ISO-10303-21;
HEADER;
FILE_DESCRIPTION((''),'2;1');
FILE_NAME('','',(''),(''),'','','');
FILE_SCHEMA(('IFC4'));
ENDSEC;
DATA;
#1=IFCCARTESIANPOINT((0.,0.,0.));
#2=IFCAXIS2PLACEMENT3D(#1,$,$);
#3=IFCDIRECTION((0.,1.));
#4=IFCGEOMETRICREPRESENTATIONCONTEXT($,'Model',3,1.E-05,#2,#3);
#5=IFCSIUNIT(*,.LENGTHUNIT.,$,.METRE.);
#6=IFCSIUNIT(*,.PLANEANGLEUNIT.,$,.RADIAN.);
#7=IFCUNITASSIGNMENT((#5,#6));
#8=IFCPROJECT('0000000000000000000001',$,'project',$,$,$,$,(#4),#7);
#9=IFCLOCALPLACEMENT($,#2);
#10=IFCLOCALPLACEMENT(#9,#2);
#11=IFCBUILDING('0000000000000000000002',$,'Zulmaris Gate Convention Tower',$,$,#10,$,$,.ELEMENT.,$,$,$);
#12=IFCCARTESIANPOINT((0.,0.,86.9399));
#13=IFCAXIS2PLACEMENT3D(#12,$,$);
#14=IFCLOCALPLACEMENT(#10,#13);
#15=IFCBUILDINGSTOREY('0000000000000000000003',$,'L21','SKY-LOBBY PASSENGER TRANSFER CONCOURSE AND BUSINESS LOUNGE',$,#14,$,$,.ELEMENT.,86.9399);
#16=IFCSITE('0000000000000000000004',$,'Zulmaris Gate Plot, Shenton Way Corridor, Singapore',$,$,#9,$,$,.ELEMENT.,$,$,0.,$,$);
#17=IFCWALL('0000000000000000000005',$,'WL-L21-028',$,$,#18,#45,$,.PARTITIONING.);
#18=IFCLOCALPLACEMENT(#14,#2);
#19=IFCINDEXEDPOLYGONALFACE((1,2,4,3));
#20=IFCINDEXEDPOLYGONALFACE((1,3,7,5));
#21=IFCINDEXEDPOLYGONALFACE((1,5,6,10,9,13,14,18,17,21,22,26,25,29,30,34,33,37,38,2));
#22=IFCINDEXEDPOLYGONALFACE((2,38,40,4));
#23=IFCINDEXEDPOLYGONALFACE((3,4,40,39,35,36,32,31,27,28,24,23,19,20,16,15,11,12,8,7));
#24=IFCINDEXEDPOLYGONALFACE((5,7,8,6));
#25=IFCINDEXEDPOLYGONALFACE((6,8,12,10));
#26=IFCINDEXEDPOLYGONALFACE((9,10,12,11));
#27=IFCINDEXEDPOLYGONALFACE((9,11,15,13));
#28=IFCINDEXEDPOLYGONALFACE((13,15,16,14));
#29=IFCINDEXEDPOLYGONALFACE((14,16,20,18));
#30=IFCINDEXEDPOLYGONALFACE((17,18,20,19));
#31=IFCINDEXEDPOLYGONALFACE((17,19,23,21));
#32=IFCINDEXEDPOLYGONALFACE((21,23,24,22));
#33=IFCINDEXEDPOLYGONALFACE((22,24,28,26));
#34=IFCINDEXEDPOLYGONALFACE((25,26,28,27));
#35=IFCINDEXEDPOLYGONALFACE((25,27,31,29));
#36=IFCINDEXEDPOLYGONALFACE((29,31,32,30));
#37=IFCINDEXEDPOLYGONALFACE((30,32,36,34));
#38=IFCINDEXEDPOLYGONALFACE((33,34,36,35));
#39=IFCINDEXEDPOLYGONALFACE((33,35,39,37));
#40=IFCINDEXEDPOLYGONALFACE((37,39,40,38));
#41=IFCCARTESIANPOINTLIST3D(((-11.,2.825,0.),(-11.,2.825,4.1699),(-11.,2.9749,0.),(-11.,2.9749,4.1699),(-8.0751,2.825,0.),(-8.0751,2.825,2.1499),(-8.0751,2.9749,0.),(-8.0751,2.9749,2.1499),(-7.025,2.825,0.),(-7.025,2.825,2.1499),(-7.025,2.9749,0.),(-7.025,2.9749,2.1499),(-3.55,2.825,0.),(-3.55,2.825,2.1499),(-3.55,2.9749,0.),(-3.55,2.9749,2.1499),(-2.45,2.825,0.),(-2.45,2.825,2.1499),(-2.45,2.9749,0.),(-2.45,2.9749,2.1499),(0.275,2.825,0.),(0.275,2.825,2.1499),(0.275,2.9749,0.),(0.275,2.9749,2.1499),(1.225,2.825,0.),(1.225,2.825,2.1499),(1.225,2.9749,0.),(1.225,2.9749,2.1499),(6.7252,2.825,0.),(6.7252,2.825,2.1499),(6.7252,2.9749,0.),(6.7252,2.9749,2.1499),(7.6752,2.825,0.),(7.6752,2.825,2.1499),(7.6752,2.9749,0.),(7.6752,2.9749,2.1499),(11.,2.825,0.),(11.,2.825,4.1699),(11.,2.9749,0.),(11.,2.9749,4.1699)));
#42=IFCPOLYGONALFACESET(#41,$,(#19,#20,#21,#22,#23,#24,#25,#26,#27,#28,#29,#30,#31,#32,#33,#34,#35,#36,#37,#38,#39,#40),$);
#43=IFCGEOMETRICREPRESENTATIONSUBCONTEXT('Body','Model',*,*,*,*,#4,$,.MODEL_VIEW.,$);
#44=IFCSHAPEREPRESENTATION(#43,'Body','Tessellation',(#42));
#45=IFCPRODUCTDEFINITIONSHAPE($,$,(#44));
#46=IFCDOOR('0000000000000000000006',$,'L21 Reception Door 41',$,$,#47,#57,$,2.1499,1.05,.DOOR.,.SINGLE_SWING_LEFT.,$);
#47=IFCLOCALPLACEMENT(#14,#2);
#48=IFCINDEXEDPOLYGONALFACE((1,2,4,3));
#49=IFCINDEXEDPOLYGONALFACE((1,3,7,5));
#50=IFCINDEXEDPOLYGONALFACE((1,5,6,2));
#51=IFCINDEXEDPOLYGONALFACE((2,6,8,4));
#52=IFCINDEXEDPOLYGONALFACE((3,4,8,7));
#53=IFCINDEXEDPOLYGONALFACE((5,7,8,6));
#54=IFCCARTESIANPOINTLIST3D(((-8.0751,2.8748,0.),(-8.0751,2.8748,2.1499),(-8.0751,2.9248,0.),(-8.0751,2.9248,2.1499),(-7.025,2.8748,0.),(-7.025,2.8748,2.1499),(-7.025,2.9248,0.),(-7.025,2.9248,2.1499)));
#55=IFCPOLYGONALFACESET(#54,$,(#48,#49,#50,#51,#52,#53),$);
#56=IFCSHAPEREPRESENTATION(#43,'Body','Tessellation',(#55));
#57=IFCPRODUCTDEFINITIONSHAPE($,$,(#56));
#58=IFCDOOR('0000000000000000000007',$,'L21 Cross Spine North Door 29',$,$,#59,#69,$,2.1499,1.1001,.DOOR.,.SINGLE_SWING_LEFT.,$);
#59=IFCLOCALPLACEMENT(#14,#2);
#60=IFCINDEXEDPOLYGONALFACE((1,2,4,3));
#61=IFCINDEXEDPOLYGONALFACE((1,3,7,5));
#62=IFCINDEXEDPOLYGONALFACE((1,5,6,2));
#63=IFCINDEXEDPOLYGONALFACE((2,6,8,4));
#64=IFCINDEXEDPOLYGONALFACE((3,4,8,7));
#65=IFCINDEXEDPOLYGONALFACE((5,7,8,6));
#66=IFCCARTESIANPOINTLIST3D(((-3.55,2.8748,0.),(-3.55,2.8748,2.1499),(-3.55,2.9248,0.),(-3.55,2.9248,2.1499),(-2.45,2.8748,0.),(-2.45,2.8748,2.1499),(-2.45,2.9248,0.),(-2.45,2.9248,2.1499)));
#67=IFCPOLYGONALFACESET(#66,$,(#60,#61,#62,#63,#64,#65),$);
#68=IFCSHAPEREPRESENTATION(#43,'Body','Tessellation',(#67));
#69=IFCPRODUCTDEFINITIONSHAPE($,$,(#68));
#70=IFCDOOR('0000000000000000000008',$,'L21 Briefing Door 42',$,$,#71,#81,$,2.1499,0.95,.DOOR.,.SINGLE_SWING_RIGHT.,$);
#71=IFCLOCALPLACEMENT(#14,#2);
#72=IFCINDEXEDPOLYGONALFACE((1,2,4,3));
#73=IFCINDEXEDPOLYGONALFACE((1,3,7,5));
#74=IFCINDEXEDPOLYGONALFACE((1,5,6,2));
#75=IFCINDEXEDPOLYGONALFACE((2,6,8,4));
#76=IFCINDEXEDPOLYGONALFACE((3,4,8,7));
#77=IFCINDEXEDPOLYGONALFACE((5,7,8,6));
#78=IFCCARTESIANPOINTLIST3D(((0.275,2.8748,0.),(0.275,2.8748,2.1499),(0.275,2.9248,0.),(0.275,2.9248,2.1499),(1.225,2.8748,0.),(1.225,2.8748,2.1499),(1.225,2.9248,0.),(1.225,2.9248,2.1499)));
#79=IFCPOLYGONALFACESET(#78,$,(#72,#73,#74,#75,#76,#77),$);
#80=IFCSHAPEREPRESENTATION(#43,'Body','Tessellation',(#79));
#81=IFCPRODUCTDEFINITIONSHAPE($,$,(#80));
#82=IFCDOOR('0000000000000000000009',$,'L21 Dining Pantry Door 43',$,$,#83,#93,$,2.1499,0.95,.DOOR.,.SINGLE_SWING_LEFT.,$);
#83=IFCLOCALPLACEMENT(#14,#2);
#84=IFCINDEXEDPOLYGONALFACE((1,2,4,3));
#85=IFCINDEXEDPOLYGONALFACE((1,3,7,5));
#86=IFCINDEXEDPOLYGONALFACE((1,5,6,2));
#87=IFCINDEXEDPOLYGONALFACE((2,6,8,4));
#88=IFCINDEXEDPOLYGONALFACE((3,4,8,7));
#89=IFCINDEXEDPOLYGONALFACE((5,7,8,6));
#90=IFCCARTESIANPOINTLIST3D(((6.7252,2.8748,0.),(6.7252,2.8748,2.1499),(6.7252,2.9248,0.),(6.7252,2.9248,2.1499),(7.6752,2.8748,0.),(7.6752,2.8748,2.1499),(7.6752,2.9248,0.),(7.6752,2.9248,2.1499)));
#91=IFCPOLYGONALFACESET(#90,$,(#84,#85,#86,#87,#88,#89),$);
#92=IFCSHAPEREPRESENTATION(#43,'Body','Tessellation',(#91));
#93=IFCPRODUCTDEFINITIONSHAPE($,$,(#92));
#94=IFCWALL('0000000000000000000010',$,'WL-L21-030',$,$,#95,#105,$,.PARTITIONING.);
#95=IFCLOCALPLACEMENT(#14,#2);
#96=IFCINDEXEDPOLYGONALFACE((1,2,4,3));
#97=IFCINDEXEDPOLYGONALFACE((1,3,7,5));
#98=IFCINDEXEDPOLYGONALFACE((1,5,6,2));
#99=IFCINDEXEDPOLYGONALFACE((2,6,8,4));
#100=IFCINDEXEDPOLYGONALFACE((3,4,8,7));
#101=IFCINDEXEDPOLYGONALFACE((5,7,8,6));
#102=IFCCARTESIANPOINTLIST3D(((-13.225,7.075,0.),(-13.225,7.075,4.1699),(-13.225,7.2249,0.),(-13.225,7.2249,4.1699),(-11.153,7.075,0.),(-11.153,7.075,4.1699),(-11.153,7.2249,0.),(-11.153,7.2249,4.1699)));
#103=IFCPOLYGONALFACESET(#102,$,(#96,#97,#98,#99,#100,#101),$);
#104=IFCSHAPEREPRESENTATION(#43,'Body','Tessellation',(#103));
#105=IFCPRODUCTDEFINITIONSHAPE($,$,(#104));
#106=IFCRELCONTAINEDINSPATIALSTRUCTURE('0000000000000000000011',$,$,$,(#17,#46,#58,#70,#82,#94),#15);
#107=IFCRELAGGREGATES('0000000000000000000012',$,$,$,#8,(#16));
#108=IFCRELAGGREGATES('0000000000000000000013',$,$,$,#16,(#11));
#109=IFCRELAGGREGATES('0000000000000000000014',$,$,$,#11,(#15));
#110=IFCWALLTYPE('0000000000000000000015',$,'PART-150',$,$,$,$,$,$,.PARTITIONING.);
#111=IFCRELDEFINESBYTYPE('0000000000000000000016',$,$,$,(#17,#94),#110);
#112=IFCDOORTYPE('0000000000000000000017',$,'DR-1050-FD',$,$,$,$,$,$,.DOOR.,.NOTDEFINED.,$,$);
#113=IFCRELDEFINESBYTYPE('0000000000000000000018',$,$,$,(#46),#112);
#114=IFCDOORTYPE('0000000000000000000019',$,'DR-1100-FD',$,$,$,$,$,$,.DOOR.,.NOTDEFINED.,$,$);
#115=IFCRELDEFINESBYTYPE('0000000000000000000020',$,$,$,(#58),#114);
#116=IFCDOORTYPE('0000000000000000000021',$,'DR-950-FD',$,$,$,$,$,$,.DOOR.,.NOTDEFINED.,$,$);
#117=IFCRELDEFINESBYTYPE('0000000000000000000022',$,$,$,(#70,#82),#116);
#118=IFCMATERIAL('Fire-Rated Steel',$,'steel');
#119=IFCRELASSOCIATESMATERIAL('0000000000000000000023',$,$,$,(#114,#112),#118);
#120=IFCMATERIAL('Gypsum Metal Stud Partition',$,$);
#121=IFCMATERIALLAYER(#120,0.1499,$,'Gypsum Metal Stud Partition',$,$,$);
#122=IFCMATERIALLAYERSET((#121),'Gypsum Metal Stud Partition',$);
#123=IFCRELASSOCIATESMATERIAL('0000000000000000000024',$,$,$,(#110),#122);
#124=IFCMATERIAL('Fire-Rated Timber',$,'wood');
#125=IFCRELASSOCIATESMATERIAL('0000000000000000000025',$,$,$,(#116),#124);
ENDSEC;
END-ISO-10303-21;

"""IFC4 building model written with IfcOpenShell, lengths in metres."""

from ifc_helpers import new_model, si_unit, direction, frame, frame_2d, origin, place, context, subcontext, project, spatial, rectangle, extrude, material, layer, layer_set, type_object, element, fill, save


model = new_model("IFC4")

# Units and contexts
model_context = context("Model", 3, precision=1e-05, world=origin(), true_north=direction((0.0, 1.0)))
body_context = subcontext(model_context, "Body", "Model", "MODEL_VIEW")
ifc_project = project(units=[si_unit("LENGTHUNIT", "METRE"), si_unit("PLANEANGLEUNIT", "RADIAN")], contexts=[model_context])

# Site, building, storey
site_placement = place(None, origin())
site = spatial("IfcSite", under=ifc_project, at=site_placement, Name="Zulmaris Gate Plot, Shenton Way Corridor, Singapore", CompositionType="ELEMENT", RefElevation=0.0)
building_placement = place(site_placement, origin())
building = spatial("IfcBuilding", under=site, at=building_placement, Name="Zulmaris Gate Convention Tower", CompositionType="ELEMENT")
storey_placement = place(building_placement, frame((0.0, 0.0, 86.9399)))
storey = spatial("IfcBuildingStorey", under=building, at=storey_placement, Name="L21", Description="SKY-LOBBY PASSENGER TRANSFER CONCOURSE AND BUSINESS LOUNGE", CompositionType="ELEMENT", Elevation=86.9399)

# Shared definitions
ifc_material_1 = material(Name="Fire-Rated Steel", Category="steel")
door_type_1 = type_object("IfcDoorType", Name="DR-1100-FD", OperationType="NOTDEFINED", PredefinedType="DOOR", material=ifc_material_1)

# Wall, openings, doors
ifc_material_2 = material(Name="Gypsum Metal Stud Partition")
ifc_layer_1 = layer(ifc_material_2, 0.1499, Name="Gypsum Metal Stud Partition")
ifc_layer_set_1 = layer_set([ifc_layer_1], Name="Gypsum Metal Stud Partition")
wall_type_1 = type_object("IfcWallType", Name="PART-150", PredefinedType="PARTITIONING", material=ifc_layer_set_1)
wall_1_placement = place(storey_placement, frame((-11.0, 2.8999, 0.0), z_axis=(0.0, 0.0, 1.0), x_axis=(1.0, 0.0, 0.0)))
wall_1 = element("IfcWall", 1, at=wall_1_placement, inside=storey, type_object=wall_type_1, Name="WL-L21-028", PredefinedType="PARTITIONING", context=body_context, shape_type="SweptSolid", body=[
    extrude(rectangle(XDim=22.0, YDim=0.1499, at=frame_2d((11.0, 0.0))), origin(), (0.0, 0.0, 1.0), 4.1699),
])
opening_1_placement = place(wall_1_placement, frame((7.45, 0.0, 0.0)))
opening_1 = element("IfcOpeningElement", 2, at=opening_1_placement, cuts=wall_1, PredefinedType="OPENING", context=body_context, shape_type="SweptSolid", body=[
    extrude(rectangle(XDim=1.1001, YDim=2.1499, at=frame_2d((0.55, 1.075))), frame((0.0, 0.085, 0.0), z_axis=(0.0, -1.0, 0.0), x_axis=(1.0, 0.0, 0.0)), (0.0, 0.0, 1.0), 0.1699),
])
opening_2_placement = place(wall_1_placement, frame((2.925, 0.0, 0.0)))
opening_2 = element("IfcOpeningElement", 3, at=opening_2_placement, cuts=wall_1, PredefinedType="OPENING", context=body_context, shape_type="SweptSolid", body=[
    extrude(rectangle(XDim=1.05, YDim=2.1499, at=frame_2d((0.5249, 1.075))), frame((0.0, 0.085, 0.0), z_axis=(0.0, -1.0, 0.0), x_axis=(1.0, 0.0, 0.0)), (0.0, 0.0, 1.0), 0.1699),
])
opening_3_placement = place(wall_1_placement, frame((11.2749, 0.0, 0.0)))
opening_3 = element("IfcOpeningElement", 4, at=opening_3_placement, cuts=wall_1, PredefinedType="OPENING", context=body_context, shape_type="SweptSolid", body=[
    extrude(rectangle(XDim=0.95, YDim=2.1499, at=frame_2d((0.4751, 1.075))), frame((0.0, 0.085, 0.0), z_axis=(0.0, -1.0, 0.0), x_axis=(1.0, 0.0, 0.0)), (0.0, 0.0, 1.0), 0.1699),
])
opening_4_placement = place(wall_1_placement, frame((17.7251, 0.0, 0.0)))
opening_4 = element("IfcOpeningElement", 5, at=opening_4_placement, cuts=wall_1, PredefinedType="OPENING", context=body_context, shape_type="SweptSolid", body=[
    extrude(rectangle(XDim=0.95, YDim=2.1499, at=frame_2d((0.4751, 1.075))), frame((0.0, 0.085, 0.0), z_axis=(0.0, -1.0, 0.0), x_axis=(1.0, 0.0, 0.0)), (0.0, 0.0, 1.0), 0.1699),
])
door_type_2 = type_object("IfcDoorType", Name="DR-1050-FD", OperationType="NOTDEFINED", PredefinedType="DOOR", material=ifc_material_1)
door_1_placement = place(opening_2_placement, origin())
door_1 = element("IfcDoor", 6, at=door_1_placement, inside=storey, type_object=door_type_2, Name="L21 Reception Door 41", OperationType="SINGLE_SWING_LEFT", OverallHeight=2.1499, OverallWidth=1.05, PredefinedType="DOOR", context=body_context, shape_type="SweptSolid", body=[
    extrude(rectangle(XDim=1.05, YDim=2.1499, at=frame_2d((0.5249, 1.075))), frame((0.0, 0.0249, 0.0), z_axis=(0.0, -1.0, 0.0), x_axis=(1.0, 0.0, 0.0)), (0.0, 0.0, 1.0), 0.05),
])
fill(opening_2, door_1)
door_2_placement = place(opening_1_placement, origin())
door_2 = element("IfcDoor", 7, at=door_2_placement, inside=storey, type_object=door_type_1, Name="L21 Cross Spine North Door 29", OperationType="SINGLE_SWING_LEFT", OverallHeight=2.1499, OverallWidth=1.1001, PredefinedType="DOOR", context=body_context, shape_type="SweptSolid", body=[
    extrude(rectangle(XDim=1.1001, YDim=2.1499, at=frame_2d((0.55, 1.075))), frame((0.0, 0.0249, 0.0), z_axis=(0.0, -1.0, 0.0), x_axis=(1.0, 0.0, 0.0)), (0.0, 0.0, 1.0), 0.05),
])
fill(opening_1, door_2)
ifc_material_3 = material(Name="Fire-Rated Timber", Category="wood")
door_type_3 = type_object("IfcDoorType", Name="DR-950-FD", OperationType="NOTDEFINED", PredefinedType="DOOR", material=ifc_material_3)
door_3_placement = place(opening_3_placement, origin())
door_3 = element("IfcDoor", 8, at=door_3_placement, inside=storey, type_object=door_type_3, Name="L21 Briefing Door 42", OperationType="SINGLE_SWING_RIGHT", OverallHeight=2.1499, OverallWidth=0.95, PredefinedType="DOOR", context=body_context, shape_type="SweptSolid", body=[
    extrude(rectangle(XDim=0.95, YDim=2.1499, at=frame_2d((0.4751, 1.075))), frame((0.0, 0.0249, 0.0), z_axis=(0.0, -1.0, 0.0), x_axis=(1.0, 0.0, 0.0)), (0.0, 0.0, 1.0), 0.05),
])
fill(opening_3, door_3)
door_4_placement = place(opening_4_placement, origin())
door_4 = element("IfcDoor", 9, at=door_4_placement, inside=storey, type_object=door_type_3, Name="L21 Dining Pantry Door 43", OperationType="SINGLE_SWING_LEFT", OverallHeight=2.1499, OverallWidth=0.95, PredefinedType="DOOR", context=body_context, shape_type="SweptSolid", body=[
    extrude(rectangle(XDim=0.95, YDim=2.1499, at=frame_2d((0.4751, 1.075))), frame((0.0, 0.0249, 0.0), z_axis=(0.0, -1.0, 0.0), x_axis=(1.0, 0.0, 0.0)), (0.0, 0.0, 1.0), 0.05),
])
fill(opening_4, door_4)

# Wall
wall_2_placement = place(storey_placement, frame((-13.2251, 7.1499, 0.0), z_axis=(0.0, 0.0, 1.0), x_axis=(1.0, 0.0, 0.0)))
element("IfcWall", 10, at=wall_2_placement, inside=storey, type_object=wall_type_1, Name="WL-L21-030", PredefinedType="PARTITIONING", context=body_context, shape_type="SweptSolid", body=[
    extrude(rectangle(XDim=2.072, YDim=0.1499, at=frame_2d((1.0361, 0.0))), origin(), (0.0, 0.0, 1.0), 4.1699),
])

save(model, "model.ifc")
